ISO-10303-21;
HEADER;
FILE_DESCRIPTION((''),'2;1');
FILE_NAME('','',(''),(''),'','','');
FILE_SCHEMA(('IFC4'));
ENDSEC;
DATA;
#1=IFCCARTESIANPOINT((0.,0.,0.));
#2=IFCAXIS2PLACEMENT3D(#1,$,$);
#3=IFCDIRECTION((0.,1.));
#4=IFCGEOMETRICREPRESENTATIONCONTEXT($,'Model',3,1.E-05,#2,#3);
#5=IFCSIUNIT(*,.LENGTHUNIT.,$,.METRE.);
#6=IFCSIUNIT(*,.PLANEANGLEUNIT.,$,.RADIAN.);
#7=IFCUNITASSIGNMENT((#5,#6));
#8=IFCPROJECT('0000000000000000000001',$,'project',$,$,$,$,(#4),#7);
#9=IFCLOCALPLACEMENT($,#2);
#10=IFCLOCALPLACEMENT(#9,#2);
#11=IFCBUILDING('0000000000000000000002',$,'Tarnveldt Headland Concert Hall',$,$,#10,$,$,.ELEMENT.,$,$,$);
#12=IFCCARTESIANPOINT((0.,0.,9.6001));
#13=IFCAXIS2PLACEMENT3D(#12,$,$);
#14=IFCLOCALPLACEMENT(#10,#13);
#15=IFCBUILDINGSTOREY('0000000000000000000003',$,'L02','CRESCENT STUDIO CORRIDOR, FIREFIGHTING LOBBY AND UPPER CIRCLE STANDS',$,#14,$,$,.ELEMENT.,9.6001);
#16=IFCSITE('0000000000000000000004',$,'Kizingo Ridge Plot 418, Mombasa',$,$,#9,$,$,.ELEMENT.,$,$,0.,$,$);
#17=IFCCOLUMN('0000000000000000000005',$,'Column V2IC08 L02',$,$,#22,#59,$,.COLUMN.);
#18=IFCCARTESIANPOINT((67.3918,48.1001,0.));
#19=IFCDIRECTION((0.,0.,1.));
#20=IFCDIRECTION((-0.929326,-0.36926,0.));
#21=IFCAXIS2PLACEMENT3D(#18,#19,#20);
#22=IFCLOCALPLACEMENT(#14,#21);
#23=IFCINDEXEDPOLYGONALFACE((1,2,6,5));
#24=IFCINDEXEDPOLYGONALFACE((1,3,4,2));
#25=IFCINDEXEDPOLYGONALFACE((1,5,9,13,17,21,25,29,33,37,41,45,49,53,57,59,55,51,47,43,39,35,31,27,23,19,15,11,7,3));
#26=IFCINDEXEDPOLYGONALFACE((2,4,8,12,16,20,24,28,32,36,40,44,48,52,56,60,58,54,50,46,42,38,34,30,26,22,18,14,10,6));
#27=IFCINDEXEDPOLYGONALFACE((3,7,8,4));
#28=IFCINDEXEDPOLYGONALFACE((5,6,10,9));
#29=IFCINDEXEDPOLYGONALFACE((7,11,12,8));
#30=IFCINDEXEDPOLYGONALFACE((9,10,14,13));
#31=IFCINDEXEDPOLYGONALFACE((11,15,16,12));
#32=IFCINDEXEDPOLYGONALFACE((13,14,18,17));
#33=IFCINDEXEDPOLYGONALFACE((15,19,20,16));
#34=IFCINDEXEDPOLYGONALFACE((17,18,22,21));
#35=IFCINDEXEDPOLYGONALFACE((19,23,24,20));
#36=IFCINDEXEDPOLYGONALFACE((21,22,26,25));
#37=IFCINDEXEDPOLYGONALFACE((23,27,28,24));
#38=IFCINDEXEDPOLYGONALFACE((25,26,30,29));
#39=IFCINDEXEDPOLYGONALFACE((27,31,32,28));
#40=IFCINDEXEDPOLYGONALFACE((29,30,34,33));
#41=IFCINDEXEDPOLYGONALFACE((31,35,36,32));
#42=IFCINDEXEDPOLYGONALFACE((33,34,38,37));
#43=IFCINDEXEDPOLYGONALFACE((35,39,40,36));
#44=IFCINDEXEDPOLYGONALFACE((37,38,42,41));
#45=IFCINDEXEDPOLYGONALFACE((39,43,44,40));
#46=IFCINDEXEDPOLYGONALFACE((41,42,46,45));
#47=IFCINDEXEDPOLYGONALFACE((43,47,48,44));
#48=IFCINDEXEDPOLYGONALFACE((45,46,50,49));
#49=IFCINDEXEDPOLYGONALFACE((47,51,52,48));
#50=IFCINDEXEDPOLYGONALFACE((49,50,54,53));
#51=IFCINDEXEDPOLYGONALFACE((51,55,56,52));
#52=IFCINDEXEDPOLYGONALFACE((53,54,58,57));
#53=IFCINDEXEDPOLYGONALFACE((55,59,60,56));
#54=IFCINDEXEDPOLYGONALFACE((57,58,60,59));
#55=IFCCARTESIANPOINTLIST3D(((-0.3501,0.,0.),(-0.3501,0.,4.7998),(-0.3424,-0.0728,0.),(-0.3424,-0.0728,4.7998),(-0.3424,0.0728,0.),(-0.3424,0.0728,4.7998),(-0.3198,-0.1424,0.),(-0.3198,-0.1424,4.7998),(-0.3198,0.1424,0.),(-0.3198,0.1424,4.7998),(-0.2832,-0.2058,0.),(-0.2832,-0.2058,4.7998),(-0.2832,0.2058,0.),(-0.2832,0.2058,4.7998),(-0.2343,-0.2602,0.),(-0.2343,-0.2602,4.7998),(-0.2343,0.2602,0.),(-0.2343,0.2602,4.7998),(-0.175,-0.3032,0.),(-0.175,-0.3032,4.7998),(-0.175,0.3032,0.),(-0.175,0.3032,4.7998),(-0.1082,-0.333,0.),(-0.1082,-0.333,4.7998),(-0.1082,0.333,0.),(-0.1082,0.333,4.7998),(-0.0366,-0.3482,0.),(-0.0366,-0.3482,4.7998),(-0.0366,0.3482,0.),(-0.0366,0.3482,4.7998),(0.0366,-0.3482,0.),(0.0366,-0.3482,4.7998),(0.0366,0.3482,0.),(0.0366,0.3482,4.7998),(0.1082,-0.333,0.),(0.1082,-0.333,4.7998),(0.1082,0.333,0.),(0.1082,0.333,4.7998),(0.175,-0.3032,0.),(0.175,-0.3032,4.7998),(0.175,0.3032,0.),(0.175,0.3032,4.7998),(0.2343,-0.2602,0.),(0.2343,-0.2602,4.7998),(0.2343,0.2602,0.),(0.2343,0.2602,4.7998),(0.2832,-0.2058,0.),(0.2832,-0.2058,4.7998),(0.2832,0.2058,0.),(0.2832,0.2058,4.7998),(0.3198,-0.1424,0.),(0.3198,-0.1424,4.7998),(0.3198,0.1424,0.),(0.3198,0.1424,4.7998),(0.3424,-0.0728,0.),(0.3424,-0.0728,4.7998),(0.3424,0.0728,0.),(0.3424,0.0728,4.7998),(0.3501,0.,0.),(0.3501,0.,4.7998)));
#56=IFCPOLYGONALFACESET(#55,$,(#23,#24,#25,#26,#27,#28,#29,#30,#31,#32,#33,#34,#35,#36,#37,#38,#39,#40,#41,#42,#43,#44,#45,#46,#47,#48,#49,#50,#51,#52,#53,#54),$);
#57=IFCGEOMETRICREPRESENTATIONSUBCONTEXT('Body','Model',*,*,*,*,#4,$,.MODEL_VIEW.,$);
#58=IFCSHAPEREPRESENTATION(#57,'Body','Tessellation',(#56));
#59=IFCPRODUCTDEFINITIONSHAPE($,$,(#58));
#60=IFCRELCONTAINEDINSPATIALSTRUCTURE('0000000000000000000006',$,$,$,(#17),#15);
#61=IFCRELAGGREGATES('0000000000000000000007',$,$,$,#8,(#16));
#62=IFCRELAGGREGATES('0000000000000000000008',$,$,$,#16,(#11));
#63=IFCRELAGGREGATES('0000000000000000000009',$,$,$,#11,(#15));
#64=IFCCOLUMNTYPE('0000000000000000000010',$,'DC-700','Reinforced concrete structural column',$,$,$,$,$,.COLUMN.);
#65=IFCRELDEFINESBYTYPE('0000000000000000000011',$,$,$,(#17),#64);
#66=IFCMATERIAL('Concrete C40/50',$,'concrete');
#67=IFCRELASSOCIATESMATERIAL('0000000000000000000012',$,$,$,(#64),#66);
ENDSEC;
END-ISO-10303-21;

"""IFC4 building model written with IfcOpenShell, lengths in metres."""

from ifc_helpers import new_model, si_unit, direction, frame, origin, origin_2d, place, context, subcontext, project, spatial, circle, extrude, material, material_profile, profile_set, type_object, element, save


model = new_model("IFC4")

# Units and contexts
model_context = context("Model", 3, precision=1e-05, world=origin(), true_north=direction((0.0, 1.0)))
body_context = subcontext(model_context, "Body", "Model", "MODEL_VIEW")
ifc_project = project(units=[si_unit("LENGTHUNIT", "METRE"), si_unit("PLANEANGLEUNIT", "RADIAN")], contexts=[model_context])

# Site, building, storey
site_placement = place(None, origin())
site = spatial("IfcSite", under=ifc_project, at=site_placement, Name="Kizingo Ridge Plot 418, Mombasa", CompositionType="ELEMENT", RefElevation=0.0)
building_placement = place(site_placement, origin())
building = spatial("IfcBuilding", under=site, at=building_placement, Name="Tarnveldt Headland Concert Hall", CompositionType="ELEMENT")
storey_placement = place(building_placement, frame((0.0, 0.0, 9.6001)))
storey = spatial("IfcBuildingStorey", under=building, at=storey_placement, Name="L02", Description="CRESCENT STUDIO CORRIDOR, FIREFIGHTING LOBBY AND UPPER CIRCLE STANDS", CompositionType="ELEMENT", Elevation=9.6001)

# Column
ifc_material_1 = material(Name="Concrete C40/50", Category="concrete")
ifc_material_profile_1 = material_profile(ifc_material_1, circle(Radius=0.3501, at=origin_2d()), Name="RC D700", Category="concrete")
ifc_profile_set_1 = profile_set([ifc_material_profile_1], Name="Concrete C40/50")
column_type_1 = type_object("IfcColumnType", Name="DC-700", Description="Reinforced concrete structural column", PredefinedType="COLUMN", material=ifc_profile_set_1)
column_placement = place(storey_placement, frame((67.3918, 48.1001, 0.0), z_axis=(0.0, 0.0, 1.0), x_axis=(-0.929326, -0.36926, 0.0)))
element("IfcColumn", 1, at=column_placement, inside=storey, type_object=column_type_1, Name="Column V2IC08 L02", PredefinedType="COLUMN", context=body_context, shape_type="SweptSolid", body=[
    extrude(circle(Radius=0.3501, at=origin_2d()), origin(), (0.0, 0.0, 1.0), 4.7998),
])

save(model, "model.ifc")
